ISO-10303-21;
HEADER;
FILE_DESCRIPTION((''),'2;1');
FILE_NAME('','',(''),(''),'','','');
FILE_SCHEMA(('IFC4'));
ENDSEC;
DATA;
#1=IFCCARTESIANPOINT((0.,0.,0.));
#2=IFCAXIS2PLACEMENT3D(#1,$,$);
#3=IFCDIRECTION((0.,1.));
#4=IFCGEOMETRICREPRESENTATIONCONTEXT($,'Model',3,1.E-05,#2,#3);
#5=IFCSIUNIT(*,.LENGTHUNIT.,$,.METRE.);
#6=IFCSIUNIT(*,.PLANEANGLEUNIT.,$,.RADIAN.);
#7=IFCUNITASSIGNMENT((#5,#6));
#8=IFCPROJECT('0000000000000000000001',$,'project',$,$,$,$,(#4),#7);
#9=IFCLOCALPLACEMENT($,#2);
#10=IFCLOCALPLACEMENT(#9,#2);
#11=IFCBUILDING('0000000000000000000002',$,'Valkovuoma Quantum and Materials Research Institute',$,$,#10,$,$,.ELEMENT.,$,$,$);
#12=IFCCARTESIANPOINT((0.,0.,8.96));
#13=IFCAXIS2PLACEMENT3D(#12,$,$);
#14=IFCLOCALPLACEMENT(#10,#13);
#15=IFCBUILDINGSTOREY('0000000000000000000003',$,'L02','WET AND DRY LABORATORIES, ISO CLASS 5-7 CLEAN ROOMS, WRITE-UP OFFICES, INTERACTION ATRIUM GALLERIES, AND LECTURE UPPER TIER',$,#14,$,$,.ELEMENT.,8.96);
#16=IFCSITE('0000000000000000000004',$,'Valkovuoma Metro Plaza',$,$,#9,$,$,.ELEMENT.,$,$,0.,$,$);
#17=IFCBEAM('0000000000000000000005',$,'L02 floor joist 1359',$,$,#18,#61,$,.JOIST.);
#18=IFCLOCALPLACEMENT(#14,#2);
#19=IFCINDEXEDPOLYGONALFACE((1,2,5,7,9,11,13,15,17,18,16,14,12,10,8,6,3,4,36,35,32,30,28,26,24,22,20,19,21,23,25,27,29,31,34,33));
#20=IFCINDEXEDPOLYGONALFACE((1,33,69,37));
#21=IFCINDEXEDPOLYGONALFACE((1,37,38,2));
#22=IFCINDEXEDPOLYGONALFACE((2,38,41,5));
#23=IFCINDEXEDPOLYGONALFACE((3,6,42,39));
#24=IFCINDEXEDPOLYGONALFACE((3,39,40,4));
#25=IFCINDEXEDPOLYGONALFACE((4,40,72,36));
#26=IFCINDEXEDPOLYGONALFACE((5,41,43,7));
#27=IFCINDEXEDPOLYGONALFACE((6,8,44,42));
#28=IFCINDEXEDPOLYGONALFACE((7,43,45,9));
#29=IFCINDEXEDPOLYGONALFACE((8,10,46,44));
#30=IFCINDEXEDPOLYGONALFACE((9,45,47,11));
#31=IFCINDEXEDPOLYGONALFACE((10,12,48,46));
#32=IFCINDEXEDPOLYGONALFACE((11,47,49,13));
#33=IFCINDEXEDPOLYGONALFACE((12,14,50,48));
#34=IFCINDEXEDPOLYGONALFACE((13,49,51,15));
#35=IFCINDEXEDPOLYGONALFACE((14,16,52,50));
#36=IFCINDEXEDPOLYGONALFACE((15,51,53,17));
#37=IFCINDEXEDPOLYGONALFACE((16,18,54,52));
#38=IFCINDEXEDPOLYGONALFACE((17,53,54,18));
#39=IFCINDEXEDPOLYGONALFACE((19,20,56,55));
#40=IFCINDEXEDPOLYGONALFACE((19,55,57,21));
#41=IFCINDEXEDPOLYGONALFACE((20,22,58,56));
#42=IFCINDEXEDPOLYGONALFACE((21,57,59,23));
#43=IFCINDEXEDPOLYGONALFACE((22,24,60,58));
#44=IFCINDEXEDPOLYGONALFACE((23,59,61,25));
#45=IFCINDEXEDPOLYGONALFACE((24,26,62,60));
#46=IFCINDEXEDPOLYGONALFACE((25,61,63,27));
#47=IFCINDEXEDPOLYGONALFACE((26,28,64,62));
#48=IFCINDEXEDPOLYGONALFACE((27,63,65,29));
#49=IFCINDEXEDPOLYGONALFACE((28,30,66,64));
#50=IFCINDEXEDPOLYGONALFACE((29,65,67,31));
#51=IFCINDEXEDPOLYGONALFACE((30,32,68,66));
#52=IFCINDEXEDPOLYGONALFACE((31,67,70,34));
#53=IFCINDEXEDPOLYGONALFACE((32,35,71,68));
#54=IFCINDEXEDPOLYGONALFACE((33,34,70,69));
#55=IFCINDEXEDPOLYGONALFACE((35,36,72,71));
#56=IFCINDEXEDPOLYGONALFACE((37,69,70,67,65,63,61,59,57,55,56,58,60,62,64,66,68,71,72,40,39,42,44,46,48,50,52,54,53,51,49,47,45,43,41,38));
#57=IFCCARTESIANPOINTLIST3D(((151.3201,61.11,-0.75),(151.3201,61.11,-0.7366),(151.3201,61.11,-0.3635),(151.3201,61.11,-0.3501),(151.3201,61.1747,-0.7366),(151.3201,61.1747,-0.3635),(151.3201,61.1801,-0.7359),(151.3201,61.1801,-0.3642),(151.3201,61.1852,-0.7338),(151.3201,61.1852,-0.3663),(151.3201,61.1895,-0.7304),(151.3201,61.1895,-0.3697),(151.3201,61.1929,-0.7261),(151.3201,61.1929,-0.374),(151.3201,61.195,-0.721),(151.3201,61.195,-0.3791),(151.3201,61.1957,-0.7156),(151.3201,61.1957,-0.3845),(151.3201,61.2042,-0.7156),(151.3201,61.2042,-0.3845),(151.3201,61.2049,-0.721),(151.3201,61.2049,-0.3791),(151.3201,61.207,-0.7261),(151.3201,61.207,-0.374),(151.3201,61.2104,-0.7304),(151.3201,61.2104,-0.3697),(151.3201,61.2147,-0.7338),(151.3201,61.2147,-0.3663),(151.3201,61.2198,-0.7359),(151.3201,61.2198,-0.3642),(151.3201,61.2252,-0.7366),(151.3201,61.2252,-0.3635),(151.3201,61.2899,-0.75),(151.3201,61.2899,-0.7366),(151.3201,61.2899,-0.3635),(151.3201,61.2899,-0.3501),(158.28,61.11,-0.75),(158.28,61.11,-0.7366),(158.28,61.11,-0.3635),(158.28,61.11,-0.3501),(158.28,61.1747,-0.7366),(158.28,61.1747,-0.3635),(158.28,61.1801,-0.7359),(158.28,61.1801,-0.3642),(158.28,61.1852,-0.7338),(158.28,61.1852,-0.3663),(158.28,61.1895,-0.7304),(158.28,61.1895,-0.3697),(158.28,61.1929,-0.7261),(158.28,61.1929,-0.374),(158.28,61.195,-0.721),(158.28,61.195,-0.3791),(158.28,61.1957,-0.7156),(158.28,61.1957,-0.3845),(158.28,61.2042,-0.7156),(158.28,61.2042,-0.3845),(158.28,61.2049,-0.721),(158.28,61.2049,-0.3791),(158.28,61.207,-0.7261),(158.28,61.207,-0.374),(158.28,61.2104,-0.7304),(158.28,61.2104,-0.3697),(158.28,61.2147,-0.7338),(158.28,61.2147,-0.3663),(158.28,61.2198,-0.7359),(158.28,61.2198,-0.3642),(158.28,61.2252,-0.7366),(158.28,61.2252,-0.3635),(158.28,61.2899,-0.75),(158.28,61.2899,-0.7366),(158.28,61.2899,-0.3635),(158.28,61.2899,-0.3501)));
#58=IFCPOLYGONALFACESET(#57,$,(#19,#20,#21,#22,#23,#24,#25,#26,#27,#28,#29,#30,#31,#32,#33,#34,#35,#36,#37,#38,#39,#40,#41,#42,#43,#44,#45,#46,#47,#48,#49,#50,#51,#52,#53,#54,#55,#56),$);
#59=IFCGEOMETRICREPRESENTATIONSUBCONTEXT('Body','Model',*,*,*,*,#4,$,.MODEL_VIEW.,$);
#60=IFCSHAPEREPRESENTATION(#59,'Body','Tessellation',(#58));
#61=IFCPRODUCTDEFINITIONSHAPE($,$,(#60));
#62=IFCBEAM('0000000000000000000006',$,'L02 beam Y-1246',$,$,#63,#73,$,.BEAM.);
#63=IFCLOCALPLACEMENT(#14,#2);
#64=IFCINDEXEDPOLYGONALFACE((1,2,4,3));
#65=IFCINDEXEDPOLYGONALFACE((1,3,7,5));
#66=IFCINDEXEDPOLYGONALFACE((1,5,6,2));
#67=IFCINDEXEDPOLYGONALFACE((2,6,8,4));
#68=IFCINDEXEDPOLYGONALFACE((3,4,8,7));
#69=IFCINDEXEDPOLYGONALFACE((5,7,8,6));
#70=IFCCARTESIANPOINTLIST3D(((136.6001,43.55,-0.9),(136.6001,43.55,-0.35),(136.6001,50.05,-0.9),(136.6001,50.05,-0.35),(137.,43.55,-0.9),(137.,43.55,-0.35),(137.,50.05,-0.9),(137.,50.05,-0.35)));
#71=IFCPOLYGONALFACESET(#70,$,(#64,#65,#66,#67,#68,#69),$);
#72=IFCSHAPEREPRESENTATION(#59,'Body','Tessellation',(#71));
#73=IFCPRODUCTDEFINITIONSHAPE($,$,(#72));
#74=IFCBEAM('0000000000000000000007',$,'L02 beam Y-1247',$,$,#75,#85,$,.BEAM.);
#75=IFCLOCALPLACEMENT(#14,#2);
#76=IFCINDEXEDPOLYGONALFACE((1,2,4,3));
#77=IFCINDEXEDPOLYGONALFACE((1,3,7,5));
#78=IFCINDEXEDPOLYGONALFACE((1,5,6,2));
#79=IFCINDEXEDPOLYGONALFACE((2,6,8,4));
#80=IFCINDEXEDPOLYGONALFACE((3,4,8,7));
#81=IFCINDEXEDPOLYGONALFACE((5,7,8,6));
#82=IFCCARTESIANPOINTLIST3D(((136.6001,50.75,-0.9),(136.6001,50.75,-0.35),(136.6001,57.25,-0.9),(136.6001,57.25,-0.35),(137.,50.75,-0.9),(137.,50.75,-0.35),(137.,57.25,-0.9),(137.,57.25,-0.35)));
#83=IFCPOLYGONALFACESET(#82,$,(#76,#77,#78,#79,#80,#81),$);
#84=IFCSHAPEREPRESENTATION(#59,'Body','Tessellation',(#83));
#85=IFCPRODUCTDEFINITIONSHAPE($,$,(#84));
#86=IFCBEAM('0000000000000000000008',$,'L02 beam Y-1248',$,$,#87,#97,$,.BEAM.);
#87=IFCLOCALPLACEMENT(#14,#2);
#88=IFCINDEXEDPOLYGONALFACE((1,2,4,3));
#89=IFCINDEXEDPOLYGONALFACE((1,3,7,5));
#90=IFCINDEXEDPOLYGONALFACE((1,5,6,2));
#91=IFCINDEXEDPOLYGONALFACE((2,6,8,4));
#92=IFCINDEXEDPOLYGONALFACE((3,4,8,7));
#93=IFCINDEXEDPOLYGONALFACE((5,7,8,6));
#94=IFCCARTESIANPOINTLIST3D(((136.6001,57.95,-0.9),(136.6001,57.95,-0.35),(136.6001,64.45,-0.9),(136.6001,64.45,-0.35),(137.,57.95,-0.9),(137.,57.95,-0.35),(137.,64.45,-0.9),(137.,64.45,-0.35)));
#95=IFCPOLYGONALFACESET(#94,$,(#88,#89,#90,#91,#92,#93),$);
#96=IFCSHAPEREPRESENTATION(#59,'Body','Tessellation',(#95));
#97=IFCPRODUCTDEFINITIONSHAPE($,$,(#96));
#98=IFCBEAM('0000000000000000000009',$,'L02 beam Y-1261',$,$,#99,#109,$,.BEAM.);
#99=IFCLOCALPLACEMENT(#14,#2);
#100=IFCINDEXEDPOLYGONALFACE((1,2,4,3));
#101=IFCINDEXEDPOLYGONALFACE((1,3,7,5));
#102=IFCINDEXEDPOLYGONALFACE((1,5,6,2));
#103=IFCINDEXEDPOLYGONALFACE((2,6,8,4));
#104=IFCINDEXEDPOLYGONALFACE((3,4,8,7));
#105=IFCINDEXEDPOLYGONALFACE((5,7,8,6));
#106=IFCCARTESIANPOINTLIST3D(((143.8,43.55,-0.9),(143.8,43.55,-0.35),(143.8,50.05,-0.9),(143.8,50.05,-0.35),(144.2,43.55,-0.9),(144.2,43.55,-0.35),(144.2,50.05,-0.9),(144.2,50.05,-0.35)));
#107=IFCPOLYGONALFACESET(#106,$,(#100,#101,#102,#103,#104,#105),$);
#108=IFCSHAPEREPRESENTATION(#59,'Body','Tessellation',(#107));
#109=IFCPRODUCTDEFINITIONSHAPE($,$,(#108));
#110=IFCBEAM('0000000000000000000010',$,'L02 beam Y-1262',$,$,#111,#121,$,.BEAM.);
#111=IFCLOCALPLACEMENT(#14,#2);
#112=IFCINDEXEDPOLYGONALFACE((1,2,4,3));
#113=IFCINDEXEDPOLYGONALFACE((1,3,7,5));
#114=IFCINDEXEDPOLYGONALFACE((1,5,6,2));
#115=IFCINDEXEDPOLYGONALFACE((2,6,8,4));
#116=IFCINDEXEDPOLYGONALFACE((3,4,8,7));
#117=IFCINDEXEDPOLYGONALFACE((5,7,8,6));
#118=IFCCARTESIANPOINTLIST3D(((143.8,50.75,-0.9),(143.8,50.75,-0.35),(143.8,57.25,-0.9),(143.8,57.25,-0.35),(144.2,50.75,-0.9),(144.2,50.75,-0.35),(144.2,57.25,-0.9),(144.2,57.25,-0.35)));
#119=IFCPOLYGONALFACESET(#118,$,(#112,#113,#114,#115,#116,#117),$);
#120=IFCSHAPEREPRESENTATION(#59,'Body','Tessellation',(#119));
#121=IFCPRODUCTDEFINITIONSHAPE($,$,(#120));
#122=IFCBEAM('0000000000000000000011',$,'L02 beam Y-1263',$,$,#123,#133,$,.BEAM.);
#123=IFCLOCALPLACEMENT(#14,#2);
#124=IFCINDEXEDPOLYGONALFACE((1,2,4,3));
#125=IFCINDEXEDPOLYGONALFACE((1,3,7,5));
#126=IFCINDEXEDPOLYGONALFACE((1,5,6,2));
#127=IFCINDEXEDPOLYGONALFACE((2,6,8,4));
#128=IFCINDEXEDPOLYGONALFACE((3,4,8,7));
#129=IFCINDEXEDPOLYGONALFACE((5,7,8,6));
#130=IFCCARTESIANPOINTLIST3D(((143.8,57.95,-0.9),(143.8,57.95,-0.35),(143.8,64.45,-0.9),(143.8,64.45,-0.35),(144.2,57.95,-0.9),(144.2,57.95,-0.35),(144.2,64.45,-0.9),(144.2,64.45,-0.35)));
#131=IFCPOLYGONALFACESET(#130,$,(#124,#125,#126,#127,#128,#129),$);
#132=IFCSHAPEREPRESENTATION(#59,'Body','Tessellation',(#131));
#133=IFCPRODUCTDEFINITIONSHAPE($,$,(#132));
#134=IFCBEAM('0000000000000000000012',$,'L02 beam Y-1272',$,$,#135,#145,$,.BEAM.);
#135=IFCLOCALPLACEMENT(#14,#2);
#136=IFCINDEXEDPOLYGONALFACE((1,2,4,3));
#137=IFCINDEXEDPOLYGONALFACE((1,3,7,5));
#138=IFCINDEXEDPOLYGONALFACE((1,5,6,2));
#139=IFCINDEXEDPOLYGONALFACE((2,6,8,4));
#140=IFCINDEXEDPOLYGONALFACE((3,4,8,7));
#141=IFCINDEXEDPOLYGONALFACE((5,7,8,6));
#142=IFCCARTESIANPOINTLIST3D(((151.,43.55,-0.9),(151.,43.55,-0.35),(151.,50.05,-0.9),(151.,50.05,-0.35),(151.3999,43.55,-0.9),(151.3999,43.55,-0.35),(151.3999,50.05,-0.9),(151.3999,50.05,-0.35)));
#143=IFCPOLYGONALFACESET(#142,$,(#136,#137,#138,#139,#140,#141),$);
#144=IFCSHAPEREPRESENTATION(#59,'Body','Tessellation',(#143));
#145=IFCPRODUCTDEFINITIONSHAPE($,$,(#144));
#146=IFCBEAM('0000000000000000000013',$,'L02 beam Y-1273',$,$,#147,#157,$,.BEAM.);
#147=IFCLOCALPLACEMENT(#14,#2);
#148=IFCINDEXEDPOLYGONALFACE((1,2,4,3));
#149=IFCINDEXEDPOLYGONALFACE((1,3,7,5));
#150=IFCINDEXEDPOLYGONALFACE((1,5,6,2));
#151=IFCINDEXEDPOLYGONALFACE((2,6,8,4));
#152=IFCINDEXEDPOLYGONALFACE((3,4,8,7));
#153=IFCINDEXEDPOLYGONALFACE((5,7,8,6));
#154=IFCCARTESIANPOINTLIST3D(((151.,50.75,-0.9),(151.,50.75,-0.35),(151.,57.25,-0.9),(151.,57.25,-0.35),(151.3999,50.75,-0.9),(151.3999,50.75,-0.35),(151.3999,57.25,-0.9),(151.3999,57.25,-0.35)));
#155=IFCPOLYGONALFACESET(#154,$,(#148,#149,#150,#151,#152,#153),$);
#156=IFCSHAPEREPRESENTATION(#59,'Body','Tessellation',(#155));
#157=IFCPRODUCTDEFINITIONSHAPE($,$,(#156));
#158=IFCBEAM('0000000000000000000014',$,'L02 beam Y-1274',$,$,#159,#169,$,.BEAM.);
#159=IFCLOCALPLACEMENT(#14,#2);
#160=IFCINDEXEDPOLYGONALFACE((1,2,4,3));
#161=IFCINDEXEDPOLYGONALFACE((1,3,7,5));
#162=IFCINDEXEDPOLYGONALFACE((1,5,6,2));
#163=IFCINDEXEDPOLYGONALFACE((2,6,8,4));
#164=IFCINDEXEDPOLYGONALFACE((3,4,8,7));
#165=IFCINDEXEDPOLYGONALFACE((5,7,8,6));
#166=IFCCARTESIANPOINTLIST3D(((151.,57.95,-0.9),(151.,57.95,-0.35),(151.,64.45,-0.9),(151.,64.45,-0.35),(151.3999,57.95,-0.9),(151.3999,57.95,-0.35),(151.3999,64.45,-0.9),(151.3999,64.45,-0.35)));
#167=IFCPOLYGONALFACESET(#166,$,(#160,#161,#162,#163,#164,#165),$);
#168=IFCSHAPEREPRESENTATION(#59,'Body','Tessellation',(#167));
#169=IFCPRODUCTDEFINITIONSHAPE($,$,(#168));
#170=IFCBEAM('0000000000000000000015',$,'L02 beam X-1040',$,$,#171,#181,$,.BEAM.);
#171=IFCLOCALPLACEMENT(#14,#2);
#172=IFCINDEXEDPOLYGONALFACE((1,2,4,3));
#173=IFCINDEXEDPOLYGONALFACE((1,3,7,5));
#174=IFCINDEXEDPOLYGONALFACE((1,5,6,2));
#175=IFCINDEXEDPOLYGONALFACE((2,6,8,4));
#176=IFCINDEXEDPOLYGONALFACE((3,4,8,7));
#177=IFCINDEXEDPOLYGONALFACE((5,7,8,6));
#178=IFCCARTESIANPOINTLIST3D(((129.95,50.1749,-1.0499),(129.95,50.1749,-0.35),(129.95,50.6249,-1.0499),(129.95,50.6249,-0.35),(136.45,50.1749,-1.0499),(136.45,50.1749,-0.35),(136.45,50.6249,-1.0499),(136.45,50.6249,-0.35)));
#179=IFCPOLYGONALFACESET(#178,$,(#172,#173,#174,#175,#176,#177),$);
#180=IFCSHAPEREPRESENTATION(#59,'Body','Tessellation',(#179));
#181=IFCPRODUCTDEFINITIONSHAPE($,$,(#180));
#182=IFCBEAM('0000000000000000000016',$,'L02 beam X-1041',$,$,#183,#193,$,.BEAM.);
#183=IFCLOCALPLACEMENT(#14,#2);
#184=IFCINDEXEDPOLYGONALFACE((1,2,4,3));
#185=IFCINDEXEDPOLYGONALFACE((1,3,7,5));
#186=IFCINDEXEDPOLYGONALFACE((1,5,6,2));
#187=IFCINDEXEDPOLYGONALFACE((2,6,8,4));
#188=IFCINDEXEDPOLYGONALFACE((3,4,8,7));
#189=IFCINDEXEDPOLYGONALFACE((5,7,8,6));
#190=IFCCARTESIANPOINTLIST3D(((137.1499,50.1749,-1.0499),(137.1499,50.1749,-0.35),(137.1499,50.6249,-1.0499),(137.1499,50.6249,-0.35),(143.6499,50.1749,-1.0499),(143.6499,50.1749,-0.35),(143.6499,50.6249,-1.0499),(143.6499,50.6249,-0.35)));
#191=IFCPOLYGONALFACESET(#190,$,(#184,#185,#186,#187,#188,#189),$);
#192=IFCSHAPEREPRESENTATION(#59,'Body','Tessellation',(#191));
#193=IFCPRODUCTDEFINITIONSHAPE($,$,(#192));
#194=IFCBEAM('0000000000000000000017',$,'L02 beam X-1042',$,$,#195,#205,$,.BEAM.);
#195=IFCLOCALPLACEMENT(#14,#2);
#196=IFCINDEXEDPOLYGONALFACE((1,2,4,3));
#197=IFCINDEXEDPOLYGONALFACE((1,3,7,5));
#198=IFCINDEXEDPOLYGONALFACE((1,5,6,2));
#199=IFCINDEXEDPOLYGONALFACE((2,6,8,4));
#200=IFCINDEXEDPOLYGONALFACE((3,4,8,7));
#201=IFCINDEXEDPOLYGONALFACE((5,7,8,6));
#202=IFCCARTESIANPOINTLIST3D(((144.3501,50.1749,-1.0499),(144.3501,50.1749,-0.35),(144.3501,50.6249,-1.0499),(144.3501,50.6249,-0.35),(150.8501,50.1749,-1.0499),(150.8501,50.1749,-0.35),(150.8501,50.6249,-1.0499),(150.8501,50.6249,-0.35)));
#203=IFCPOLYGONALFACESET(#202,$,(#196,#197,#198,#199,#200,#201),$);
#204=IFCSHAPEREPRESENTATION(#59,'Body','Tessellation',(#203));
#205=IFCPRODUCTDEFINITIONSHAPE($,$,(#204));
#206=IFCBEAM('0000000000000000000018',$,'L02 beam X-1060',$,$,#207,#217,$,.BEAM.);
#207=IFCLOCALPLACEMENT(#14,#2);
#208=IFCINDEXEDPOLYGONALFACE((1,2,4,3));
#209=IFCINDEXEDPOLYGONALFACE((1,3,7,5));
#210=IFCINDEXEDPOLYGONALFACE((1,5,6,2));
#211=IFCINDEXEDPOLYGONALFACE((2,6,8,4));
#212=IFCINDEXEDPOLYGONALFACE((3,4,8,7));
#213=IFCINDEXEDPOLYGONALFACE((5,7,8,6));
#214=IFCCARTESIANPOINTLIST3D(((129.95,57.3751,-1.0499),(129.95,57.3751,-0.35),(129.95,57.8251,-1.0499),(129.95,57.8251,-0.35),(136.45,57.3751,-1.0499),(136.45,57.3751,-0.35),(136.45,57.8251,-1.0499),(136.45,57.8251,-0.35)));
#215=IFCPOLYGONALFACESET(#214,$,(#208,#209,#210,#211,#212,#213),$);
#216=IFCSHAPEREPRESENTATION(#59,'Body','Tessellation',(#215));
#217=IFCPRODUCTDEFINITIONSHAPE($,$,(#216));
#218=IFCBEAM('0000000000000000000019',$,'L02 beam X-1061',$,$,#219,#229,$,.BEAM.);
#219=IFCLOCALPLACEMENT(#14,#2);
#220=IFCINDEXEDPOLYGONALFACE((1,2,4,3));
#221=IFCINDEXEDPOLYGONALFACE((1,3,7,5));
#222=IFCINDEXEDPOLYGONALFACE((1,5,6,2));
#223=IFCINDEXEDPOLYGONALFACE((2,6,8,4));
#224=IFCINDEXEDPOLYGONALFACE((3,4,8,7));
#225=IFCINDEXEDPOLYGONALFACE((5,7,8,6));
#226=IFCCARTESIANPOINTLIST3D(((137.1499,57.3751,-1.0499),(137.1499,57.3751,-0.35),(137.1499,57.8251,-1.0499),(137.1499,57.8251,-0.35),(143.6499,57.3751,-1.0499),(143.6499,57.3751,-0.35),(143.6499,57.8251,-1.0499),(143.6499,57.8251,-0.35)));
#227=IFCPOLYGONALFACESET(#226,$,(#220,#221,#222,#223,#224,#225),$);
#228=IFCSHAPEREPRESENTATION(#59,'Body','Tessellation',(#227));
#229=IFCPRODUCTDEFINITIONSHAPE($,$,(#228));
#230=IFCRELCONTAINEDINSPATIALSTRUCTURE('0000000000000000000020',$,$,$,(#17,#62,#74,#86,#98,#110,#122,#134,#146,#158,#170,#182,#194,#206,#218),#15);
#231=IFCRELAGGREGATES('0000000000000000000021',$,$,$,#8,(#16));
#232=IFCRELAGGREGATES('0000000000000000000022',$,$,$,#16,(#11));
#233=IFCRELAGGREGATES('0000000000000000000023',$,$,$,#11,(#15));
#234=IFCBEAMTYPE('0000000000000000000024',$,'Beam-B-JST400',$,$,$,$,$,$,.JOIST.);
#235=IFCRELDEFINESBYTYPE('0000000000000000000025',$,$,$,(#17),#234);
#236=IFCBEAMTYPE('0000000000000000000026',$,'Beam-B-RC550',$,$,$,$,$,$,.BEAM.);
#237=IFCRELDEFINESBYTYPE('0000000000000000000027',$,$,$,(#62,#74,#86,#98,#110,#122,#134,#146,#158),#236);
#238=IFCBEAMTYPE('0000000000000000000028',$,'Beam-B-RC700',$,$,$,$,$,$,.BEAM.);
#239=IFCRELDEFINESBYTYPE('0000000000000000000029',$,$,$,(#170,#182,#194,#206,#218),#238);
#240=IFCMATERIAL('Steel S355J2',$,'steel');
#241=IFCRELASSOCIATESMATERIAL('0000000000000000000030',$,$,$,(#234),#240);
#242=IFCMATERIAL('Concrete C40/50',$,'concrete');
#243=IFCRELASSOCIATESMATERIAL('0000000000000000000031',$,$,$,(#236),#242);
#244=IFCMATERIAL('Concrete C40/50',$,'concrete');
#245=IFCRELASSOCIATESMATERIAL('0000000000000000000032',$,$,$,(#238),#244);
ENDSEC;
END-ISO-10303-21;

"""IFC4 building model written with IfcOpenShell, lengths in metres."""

from ifc_helpers import new_model, si_unit, direction, frame, origin, origin_2d, place, context, subcontext, project, spatial, rectangle, i_section, extrude, material, material_profile, profile_set, type_object, element, save


model = new_model("IFC4")

# Units and contexts
model_context = context("Model", 3, precision=1e-05, world=origin(), true_north=direction((0.0, 1.0)))
body_context = subcontext(model_context, "Body", "Model", "MODEL_VIEW")
ifc_project = project(units=[si_unit("LENGTHUNIT", "METRE"), si_unit("PLANEANGLEUNIT", "RADIAN")], contexts=[model_context])

# Site, building, storey
site_placement = place(None, origin())
site = spatial("IfcSite", under=ifc_project, at=site_placement, Name="Valkovuoma Metro Plaza", CompositionType="ELEMENT", RefElevation=0.0)
building_placement = place(site_placement, origin())
building = spatial("IfcBuilding", under=site, at=building_placement, Name="Valkovuoma Quantum and Materials Research Institute", CompositionType="ELEMENT")
storey_placement = place(building_placement, frame((0.0, 0.0, 8.96)))
storey = spatial("IfcBuildingStorey", under=building, at=storey_placement, Name="L02", Description="WET AND DRY LABORATORIES, ISO CLASS 5-7 CLEAN ROOMS, WRITE-UP OFFICES, INTERACTION ATRIUM GALLERIES, AND LECTURE UPPER TIER", CompositionType="ELEMENT", Elevation=8.96)

# Beams
ifc_material_1 = material(Name="Steel S355J2", Category="steel")
ifc_material_profile_1 = material_profile(ifc_material_1, i_section(OverallWidth=0.1799, OverallDepth=0.3999, WebThickness=0.0085, FlangeThickness=0.0134, FilletRadius=0.021, at=origin_2d()), Name="Steel S355J2")
ifc_profile_set_1 = profile_set([ifc_material_profile_1], Name="Steel S355J2")
beam_type_1 = type_object("IfcBeamType", Name="Beam-B-JST400", PredefinedType="JOIST", material=ifc_profile_set_1)
for number, where, z_axis, x_axis, name in (
    (1, (151.3201, 61.2, -0.55), (1.0, 0.0, 0.0), (0.0, 1.0, 0.0), "L02 floor joist 1359"),
):
    element("IfcBeam", number, at=place(storey_placement, frame(where, z_axis=z_axis, x_axis=x_axis)), inside=storey, type_object=beam_type_1, Name=name, PredefinedType="JOIST", context=body_context, shape_type="SweptSolid", body=[
        extrude(i_section(OverallWidth=0.1799, OverallDepth=0.3999, WebThickness=0.0085, FlangeThickness=0.0134, FilletRadius=0.021, at=origin_2d()), origin(), (0.0, 0.0, 1.0), 6.96),
    ])
ifc_material_2 = material(Name="Concrete C40/50", Category="concrete")
ifc_material_profile_2 = material_profile(ifc_material_2, rectangle(XDim=0.3999, YDim=0.55, at=origin_2d()), Name="Concrete C40/50")
ifc_profile_set_2 = profile_set([ifc_material_profile_2], Name="Concrete C40/50")
beam_type_2 = type_object("IfcBeamType", Name="Beam-B-RC550", PredefinedType="BEAM", material=ifc_profile_set_2)
for number, where, z_axis, x_axis, name in (
    (2, (136.8, 43.55, -0.625), (0.0, 1.0, 0.0), (-1.0, 0.0, 0.0), "L02 beam Y-1246"),
    (3, (136.8, 50.75, -0.625), (0.0, 1.0, 0.0), (-1.0, 0.0, 0.0), "L02 beam Y-1247"),
    (4, (136.8, 57.95, -0.625), (0.0, 1.0, 0.0), (-1.0, 0.0, 0.0), "L02 beam Y-1248"),
    (5, (144.0, 43.55, -0.625), (0.0, 1.0, 0.0), (-1.0, 0.0, 0.0), "L02 beam Y-1261"),
    (6, (144.0, 50.75, -0.625), (0.0, 1.0, 0.0), (-1.0, 0.0, 0.0), "L02 beam Y-1262"),
    (7, (144.0, 57.95, -0.625), (0.0, 1.0, 0.0), (-1.0, 0.0, 0.0), "L02 beam Y-1263"),
    (8, (151.2, 43.55, -0.625), (0.0, 1.0, 0.0), (-1.0, 0.0, 0.0), "L02 beam Y-1272"),
    (9, (151.2, 50.75, -0.625), (0.0, 1.0, 0.0), (-1.0, 0.0, 0.0), "L02 beam Y-1273"),
    (10, (151.2, 57.95, -0.625), (0.0, 1.0, 0.0), (-1.0, 0.0, 0.0), "L02 beam Y-1274"),
):
    element("IfcBeam", number, at=place(storey_placement, frame(where, z_axis=z_axis, x_axis=x_axis)), inside=storey, type_object=beam_type_2, Name=name, PredefinedType="BEAM", context=body_context, shape_type="SweptSolid", body=[
        extrude(rectangle(XDim=0.3999, YDim=0.55, at=origin_2d()), origin(), (0.0, 0.0, 1.0), 6.5),
    ])
ifc_material_3 = material(Name="Concrete C40/50", Category="concrete")
ifc_material_profile_3 = material_profile(ifc_material_3, rectangle(XDim=0.45, YDim=0.7, at=origin_2d()), Name="Concrete C40/50")
ifc_profile_set_3 = profile_set([ifc_material_profile_3], Name="Concrete C40/50")
beam_type_3 = type_object("IfcBeamType", Name="Beam-B-RC700", PredefinedType="BEAM", material=ifc_profile_set_3)
for number, where, z_axis, x_axis, name in (
    (11, (129.95, 50.3999, -0.7), (1.0, 0.0, 0.0), (0.0, 1.0, 0.0), "L02 beam X-1040"),
    (12, (137.1499, 50.3999, -0.7), (1.0, 0.0, 0.0), (0.0, 1.0, 0.0), "L02 beam X-1041"),
    (13, (144.3501, 50.3999, -0.7), (1.0, 0.0, 0.0), (0.0, 1.0, 0.0), "L02 beam X-1042"),
    (14, (129.95, 57.6001, -0.7), (1.0, 0.0, 0.0), (0.0, 1.0, 0.0), "L02 beam X-1060"),
    (15, (137.1499, 57.6001, -0.7), (1.0, 0.0, 0.0), (0.0, 1.0, 0.0), "L02 beam X-1061"),
):
    element("IfcBeam", number, at=place(storey_placement, frame(where, z_axis=z_axis, x_axis=x_axis)), inside=storey, type_object=beam_type_3, Name=name, PredefinedType="BEAM", context=body_context, shape_type="SweptSolid", body=[
        extrude(rectangle(XDim=0.45, YDim=0.7, at=origin_2d()), origin(), (0.0, 0.0, 1.0), 6.5),
    ])

save(model, "model.ifc")
